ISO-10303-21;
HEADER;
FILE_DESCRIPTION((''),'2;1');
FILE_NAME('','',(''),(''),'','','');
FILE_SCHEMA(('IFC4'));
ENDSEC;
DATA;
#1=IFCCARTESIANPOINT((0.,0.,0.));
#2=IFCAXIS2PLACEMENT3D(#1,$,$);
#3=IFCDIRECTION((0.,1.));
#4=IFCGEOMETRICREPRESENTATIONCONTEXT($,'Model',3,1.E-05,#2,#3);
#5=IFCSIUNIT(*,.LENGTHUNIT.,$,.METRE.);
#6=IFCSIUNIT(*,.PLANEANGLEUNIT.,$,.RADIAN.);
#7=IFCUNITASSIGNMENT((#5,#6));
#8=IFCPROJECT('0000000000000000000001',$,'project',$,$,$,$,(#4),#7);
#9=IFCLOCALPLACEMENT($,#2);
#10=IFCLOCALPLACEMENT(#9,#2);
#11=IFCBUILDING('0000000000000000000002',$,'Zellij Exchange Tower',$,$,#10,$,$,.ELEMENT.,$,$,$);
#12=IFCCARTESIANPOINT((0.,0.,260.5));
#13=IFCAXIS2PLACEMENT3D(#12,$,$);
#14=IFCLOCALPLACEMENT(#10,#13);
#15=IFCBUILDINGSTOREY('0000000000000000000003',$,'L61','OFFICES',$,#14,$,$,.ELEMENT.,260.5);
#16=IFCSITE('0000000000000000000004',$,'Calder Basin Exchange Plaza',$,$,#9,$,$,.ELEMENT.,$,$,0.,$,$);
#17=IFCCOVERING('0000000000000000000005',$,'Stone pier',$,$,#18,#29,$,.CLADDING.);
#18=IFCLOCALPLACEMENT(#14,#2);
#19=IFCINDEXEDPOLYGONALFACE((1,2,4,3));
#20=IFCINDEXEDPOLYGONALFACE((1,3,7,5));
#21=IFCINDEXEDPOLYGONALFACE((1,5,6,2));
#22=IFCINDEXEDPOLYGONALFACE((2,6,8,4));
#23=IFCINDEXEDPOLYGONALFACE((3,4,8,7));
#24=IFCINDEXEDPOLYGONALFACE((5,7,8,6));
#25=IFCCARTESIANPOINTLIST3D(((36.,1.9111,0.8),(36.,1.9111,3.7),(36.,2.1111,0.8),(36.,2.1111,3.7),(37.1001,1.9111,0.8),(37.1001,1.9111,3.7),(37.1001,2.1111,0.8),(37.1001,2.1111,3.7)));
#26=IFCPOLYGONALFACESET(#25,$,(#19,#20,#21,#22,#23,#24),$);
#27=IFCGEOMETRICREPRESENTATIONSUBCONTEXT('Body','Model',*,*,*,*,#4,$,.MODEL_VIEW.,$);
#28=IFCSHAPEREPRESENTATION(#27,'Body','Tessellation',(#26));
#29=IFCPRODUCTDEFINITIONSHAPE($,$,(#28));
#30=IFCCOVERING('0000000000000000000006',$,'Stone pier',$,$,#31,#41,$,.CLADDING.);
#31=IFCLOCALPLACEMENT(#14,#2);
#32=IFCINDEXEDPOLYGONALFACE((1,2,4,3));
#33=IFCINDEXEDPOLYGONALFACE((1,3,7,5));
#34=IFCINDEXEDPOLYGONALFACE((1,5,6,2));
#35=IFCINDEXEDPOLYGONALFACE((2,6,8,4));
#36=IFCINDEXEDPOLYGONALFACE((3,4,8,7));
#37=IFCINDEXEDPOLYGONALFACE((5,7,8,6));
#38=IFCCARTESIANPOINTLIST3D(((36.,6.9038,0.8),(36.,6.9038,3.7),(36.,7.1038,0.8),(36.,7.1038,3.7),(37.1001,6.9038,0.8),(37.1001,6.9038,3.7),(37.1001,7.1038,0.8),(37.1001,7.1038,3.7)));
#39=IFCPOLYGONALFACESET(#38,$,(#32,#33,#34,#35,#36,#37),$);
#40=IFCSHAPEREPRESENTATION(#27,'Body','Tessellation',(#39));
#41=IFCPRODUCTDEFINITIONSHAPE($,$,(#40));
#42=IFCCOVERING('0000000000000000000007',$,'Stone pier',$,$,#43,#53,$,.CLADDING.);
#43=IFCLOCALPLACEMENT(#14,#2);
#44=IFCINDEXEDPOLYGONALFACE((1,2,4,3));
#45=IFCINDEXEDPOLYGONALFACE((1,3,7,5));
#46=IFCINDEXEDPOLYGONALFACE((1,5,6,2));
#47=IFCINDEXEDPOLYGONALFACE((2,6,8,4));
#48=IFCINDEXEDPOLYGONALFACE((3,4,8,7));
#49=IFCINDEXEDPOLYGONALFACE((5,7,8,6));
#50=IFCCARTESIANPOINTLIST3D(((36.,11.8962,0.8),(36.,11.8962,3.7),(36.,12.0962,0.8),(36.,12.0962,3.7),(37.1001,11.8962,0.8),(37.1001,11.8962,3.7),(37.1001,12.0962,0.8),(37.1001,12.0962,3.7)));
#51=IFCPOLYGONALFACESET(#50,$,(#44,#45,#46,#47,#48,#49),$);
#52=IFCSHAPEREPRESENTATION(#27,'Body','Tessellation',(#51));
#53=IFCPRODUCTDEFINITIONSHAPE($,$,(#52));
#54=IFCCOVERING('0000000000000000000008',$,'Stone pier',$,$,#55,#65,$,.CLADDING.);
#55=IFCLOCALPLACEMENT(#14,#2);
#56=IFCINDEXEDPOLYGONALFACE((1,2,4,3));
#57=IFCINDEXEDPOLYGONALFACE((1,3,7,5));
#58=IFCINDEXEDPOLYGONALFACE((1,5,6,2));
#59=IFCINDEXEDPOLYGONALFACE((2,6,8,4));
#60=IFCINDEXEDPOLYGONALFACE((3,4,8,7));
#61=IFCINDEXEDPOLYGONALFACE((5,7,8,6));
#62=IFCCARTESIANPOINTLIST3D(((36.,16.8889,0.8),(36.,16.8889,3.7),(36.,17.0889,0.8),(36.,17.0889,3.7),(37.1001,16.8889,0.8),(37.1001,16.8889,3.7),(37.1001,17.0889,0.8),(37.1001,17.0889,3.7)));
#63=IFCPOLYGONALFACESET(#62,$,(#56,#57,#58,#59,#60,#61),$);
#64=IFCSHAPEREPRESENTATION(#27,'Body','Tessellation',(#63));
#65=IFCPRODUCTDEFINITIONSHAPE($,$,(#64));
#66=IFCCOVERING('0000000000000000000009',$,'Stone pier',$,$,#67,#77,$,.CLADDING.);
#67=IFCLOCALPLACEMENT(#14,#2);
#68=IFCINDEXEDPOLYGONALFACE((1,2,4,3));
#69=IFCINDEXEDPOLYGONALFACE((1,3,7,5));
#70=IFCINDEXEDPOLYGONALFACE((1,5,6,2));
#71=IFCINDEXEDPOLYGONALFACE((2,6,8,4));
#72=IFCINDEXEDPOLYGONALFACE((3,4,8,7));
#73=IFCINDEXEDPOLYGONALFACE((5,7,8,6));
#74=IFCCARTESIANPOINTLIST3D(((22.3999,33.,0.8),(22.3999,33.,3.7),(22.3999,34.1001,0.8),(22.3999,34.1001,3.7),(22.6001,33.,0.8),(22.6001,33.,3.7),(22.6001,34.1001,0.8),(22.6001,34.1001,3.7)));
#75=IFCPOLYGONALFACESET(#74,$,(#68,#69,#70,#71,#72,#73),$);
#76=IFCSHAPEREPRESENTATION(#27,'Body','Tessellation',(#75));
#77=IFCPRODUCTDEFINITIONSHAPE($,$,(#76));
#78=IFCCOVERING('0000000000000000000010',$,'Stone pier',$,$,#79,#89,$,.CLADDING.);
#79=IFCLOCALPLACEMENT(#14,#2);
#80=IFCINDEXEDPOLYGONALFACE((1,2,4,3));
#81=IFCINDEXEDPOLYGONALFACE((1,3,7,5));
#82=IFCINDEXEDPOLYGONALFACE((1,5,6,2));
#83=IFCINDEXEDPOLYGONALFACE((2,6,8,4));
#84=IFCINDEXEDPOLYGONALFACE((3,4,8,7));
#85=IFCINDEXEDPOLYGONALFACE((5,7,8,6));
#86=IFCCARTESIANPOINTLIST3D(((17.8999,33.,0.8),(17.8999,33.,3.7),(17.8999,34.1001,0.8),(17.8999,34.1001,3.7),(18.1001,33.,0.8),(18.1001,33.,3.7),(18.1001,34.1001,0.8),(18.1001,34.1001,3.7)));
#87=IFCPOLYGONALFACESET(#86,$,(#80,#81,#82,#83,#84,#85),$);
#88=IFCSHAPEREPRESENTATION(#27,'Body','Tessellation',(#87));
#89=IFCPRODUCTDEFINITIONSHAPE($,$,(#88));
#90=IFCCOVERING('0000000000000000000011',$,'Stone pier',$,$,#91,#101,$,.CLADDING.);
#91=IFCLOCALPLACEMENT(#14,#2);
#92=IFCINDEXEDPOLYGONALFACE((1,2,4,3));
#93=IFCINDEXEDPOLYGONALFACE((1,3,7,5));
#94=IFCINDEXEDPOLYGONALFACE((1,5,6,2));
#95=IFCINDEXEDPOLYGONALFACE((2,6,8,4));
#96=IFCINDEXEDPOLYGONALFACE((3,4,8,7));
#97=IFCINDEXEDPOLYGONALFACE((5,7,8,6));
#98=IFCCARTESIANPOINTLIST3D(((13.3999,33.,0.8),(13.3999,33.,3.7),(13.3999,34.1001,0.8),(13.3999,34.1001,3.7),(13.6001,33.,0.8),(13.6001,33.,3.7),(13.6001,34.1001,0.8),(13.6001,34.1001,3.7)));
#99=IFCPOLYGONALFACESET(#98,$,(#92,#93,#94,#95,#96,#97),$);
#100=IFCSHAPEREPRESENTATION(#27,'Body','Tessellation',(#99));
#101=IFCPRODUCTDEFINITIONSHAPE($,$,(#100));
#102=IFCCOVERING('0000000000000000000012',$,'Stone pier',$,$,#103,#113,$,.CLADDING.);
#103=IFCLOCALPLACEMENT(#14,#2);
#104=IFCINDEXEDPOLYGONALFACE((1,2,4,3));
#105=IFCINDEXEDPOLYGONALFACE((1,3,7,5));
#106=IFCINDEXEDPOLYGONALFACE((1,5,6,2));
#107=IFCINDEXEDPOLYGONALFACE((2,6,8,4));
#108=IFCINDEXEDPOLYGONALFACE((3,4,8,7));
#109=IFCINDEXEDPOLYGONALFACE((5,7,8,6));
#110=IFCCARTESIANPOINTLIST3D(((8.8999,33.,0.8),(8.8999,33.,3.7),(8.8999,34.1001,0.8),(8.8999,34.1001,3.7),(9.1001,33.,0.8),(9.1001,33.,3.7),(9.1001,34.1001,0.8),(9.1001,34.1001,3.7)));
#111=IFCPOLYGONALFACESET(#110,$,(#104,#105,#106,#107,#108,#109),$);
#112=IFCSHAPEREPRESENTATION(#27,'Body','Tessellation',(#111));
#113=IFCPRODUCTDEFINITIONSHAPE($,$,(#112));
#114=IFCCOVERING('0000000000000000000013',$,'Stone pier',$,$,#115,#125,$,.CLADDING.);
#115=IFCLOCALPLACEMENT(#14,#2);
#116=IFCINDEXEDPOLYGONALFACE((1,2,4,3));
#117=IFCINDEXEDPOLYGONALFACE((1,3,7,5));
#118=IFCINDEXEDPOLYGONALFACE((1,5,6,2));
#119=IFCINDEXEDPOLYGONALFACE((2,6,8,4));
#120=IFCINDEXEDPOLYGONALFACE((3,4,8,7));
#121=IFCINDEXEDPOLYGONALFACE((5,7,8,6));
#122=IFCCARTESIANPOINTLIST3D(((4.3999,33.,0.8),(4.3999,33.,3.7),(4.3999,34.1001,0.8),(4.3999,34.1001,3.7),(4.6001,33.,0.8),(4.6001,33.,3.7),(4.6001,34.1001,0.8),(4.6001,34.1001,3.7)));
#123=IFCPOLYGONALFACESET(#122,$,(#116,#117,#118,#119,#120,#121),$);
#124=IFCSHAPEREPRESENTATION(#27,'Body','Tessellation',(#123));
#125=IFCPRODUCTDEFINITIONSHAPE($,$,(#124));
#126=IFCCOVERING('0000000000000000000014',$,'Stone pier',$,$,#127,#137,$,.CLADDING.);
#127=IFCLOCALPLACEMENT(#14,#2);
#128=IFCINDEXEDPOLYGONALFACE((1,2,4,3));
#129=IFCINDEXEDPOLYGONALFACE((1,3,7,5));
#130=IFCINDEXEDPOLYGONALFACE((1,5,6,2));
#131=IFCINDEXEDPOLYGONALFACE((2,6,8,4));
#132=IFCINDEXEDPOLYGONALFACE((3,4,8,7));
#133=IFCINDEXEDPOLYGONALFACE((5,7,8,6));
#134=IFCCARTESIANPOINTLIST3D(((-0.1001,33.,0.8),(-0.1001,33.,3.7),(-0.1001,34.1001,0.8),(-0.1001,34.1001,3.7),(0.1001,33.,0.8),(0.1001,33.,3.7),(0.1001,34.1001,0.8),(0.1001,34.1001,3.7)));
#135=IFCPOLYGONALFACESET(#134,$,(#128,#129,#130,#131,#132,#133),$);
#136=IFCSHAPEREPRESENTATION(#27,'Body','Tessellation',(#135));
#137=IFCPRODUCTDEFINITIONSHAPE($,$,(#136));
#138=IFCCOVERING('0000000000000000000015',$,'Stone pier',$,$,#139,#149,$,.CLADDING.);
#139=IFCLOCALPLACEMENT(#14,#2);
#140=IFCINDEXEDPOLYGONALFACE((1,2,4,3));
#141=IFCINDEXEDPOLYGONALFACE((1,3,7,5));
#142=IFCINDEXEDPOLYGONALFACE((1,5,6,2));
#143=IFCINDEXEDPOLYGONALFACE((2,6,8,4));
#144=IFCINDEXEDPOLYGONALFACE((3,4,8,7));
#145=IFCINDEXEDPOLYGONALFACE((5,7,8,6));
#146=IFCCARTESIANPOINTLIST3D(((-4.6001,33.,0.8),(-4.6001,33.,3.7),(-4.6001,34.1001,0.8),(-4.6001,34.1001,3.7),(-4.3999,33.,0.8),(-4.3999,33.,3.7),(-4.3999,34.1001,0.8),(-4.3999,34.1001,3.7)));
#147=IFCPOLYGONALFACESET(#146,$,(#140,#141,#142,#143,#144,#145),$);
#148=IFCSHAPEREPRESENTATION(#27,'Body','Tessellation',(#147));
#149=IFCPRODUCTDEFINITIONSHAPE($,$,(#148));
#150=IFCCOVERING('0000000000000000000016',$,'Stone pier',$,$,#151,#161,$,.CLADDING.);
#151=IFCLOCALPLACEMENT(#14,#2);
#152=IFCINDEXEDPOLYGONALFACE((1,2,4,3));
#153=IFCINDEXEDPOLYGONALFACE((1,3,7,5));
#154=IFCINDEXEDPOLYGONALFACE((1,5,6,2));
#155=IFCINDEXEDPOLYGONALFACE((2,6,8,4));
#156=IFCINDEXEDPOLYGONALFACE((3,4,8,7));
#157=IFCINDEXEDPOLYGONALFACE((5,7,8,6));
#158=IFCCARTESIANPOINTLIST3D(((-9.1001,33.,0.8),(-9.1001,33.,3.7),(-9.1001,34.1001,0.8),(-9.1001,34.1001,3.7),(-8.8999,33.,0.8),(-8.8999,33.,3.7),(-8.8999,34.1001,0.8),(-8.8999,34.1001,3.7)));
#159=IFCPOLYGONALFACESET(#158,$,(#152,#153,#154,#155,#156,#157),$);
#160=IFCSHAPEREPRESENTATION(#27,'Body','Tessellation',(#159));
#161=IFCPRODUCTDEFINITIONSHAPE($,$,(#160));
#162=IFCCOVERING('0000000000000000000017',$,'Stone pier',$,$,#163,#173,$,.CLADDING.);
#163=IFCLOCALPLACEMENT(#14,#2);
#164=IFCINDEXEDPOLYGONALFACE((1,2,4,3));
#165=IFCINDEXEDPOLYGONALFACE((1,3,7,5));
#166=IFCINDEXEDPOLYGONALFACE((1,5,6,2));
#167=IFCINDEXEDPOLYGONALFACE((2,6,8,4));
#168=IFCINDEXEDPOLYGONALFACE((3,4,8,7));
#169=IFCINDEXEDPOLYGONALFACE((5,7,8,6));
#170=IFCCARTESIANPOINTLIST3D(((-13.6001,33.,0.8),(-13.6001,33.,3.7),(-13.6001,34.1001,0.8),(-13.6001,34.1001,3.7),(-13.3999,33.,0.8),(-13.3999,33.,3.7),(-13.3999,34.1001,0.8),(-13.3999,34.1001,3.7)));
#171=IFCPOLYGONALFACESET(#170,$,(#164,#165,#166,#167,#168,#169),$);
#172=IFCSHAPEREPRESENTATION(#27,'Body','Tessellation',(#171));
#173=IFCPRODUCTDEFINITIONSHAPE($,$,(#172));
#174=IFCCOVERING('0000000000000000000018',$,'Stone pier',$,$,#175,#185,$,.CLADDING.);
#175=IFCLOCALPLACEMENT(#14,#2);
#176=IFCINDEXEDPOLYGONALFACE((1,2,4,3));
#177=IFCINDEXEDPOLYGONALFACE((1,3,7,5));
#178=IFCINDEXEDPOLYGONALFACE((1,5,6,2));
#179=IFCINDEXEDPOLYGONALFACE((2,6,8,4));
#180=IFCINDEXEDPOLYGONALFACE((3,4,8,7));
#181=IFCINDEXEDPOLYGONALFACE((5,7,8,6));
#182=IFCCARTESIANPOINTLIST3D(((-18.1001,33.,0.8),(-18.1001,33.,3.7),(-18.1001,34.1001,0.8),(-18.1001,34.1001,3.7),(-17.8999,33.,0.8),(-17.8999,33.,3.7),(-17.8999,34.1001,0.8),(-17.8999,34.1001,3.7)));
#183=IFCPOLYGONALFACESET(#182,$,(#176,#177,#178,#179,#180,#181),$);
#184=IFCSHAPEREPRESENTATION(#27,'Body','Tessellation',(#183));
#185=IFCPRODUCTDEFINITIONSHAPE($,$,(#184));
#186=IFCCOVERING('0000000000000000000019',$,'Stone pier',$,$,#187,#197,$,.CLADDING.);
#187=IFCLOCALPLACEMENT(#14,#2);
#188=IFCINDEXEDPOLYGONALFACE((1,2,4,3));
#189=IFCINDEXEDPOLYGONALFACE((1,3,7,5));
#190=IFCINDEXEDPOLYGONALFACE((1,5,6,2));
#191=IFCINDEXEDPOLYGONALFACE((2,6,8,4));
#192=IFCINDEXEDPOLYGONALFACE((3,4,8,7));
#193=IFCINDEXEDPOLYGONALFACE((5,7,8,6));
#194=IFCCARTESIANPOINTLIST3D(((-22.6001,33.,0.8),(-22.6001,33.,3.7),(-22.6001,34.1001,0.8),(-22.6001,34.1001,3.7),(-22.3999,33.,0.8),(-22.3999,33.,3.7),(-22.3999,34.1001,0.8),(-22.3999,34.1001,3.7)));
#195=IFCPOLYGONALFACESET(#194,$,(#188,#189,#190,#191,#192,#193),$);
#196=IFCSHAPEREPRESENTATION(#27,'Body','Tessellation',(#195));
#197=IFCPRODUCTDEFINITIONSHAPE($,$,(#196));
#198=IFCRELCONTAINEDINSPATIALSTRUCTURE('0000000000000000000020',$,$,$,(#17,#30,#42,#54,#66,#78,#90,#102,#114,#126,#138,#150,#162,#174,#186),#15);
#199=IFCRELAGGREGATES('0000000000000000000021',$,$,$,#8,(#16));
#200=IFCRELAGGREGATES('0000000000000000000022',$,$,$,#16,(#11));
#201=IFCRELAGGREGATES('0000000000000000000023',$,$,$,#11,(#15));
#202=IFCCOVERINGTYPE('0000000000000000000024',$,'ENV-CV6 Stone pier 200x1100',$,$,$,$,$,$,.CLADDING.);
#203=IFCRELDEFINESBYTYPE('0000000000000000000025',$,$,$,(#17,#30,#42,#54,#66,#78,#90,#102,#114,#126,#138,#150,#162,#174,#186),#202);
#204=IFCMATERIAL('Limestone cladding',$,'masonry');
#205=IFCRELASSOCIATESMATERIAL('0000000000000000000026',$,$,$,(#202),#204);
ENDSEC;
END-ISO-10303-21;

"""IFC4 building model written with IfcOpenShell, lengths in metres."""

from ifc_helpers import new_model, si_unit, direction, frame, origin, place, context, subcontext, project, spatial, polyline, outline, extrude, material, type_object, element, save


model = new_model("IFC4")

# Units and contexts
model_context = context("Model", 3, precision=1e-05, world=origin(), true_north=direction((0.0, 1.0)))
body_context = subcontext(model_context, "Body", "Model", "MODEL_VIEW")
ifc_project = project(units=[si_unit("LENGTHUNIT", "METRE"), si_unit("PLANEANGLEUNIT", "RADIAN")], contexts=[model_context])

# Site, building, storey
site_placement = place(None, origin())
site = spatial("IfcSite", under=ifc_project, at=site_placement, Name="Calder Basin Exchange Plaza", CompositionType="ELEMENT", RefElevation=0.0)
building_placement = place(site_placement, origin())
building = spatial("IfcBuilding", under=site, at=building_placement, Name="Zellij Exchange Tower", CompositionType="ELEMENT")
storey_placement = place(building_placement, frame((0.0, 0.0, 260.5)))
storey = spatial("IfcBuildingStorey", under=building, at=storey_placement, Name="L61", Description="OFFICES", CompositionType="ELEMENT", Elevation=260.5)

# Coverings
ifc_material = material(Name="Limestone cladding", Category="masonry")
covering_type = type_object("IfcCoveringType", Name="ENV-CV6 Stone pier 200x1100", PredefinedType="CLADDING", material=ifc_material)
covering_1_placement = place(storey_placement, frame((0.0, 0.0, 0.8)))
element("IfcCovering", 1, at=covering_1_placement, inside=storey, type_object=covering_type, Name="Stone pier", PredefinedType="CLADDING", context=body_context, shape_type="SweptSolid", body=[
    extrude(outline(polyline([(36.0, 1.9111), (36.0, 2.1111), (37.1001, 2.1111), (37.1001, 1.9111), (36.0, 1.9111)])), origin(), (0.0, 0.0, 1.0), 2.8999),
])
covering_2_placement = place(storey_placement, frame((0.0, 0.0, 0.8)))
element("IfcCovering", 2, at=covering_2_placement, inside=storey, type_object=covering_type, Name="Stone pier", PredefinedType="CLADDING", context=body_context, shape_type="SweptSolid", body=[
    extrude(outline(polyline([(36.0, 6.9038), (36.0, 7.1038), (37.1001, 7.1038), (37.1001, 6.9038), (36.0, 6.9038)])), origin(), (0.0, 0.0, 1.0), 2.8999),
])
covering_3_placement = place(storey_placement, frame((0.0, 0.0, 0.8)))
element("IfcCovering", 3, at=covering_3_placement, inside=storey, type_object=covering_type, Name="Stone pier", PredefinedType="CLADDING", context=body_context, shape_type="SweptSolid", body=[
    extrude(outline(polyline([(36.0, 11.8962), (36.0, 12.0962), (37.1001, 12.0962), (37.1001, 11.8962), (36.0, 11.8962)])), origin(), (0.0, 0.0, 1.0), 2.8999),
])
covering_4_placement = place(storey_placement, frame((0.0, 0.0, 0.8)))
element("IfcCovering", 4, at=covering_4_placement, inside=storey, type_object=covering_type, Name="Stone pier", PredefinedType="CLADDING", context=body_context, shape_type="SweptSolid", body=[
    extrude(outline(polyline([(36.0, 16.8889), (36.0, 17.0889), (37.1001, 17.0889), (37.1001, 16.8889), (36.0, 16.8889)])), origin(), (0.0, 0.0, 1.0), 2.8999),
])
covering_5_placement = place(storey_placement, frame((0.0, 0.0, 0.8)))
element("IfcCovering", 5, at=covering_5_placement, inside=storey, type_object=covering_type, Name="Stone pier", PredefinedType="CLADDING", context=body_context, shape_type="SweptSolid", body=[
    extrude(outline(polyline([(22.6001, 33.0), (22.3999, 33.0), (22.3999, 34.1001), (22.6001, 34.1001), (22.6001, 33.0)])), origin(), (0.0, 0.0, 1.0), 2.8999),
])
covering_6_placement = place(storey_placement, frame((0.0, 0.0, 0.8)))
element("IfcCovering", 6, at=covering_6_placement, inside=storey, type_object=covering_type, Name="Stone pier", PredefinedType="CLADDING", context=body_context, shape_type="SweptSolid", body=[
    extrude(outline(polyline([(18.1001, 33.0), (17.8999, 33.0), (17.8999, 34.1001), (18.1001, 34.1001), (18.1001, 33.0)])), origin(), (0.0, 0.0, 1.0), 2.8999),
])
covering_7_placement = place(storey_placement, frame((0.0, 0.0, 0.8)))
element("IfcCovering", 7, at=covering_7_placement, inside=storey, type_object=covering_type, Name="Stone pier", PredefinedType="CLADDING", context=body_context, shape_type="SweptSolid", body=[
    extrude(outline(polyline([(13.6001, 33.0), (13.3999, 33.0), (13.3999, 34.1001), (13.6001, 34.1001), (13.6001, 33.0)])), origin(), (0.0, 0.0, 1.0), 2.8999),
])
covering_8_placement = place(storey_placement, frame((0.0, 0.0, 0.8)))
element("IfcCovering", 8, at=covering_8_placement, inside=storey, type_object=covering_type, Name="Stone pier", PredefinedType="CLADDING", context=body_context, shape_type="SweptSolid", body=[
    extrude(outline(polyline([(9.1001, 33.0), (8.8999, 33.0), (8.8999, 34.1001), (9.1001, 34.1001), (9.1001, 33.0)])), origin(), (0.0, 0.0, 1.0), 2.8999),
])
covering_9_placement = place(storey_placement, frame((0.0, 0.0, 0.8)))
element("IfcCovering", 9, at=covering_9_placement, inside=storey, type_object=covering_type, Name="Stone pier", PredefinedType="CLADDING", context=body_context, shape_type="SweptSolid", body=[
    extrude(outline(polyline([(4.6001, 33.0), (4.3999, 33.0), (4.3999, 34.1001), (4.6001, 34.1001), (4.6001, 33.0)])), origin(), (0.0, 0.0, 1.0), 2.8999),
])
covering_10_placement = place(storey_placement, frame((0.0, 0.0, 0.8)))
element("IfcCovering", 10, at=covering_10_placement, inside=storey, type_object=covering_type, Name="Stone pier", PredefinedType="CLADDING", context=body_context, shape_type="SweptSolid", body=[
    extrude(outline(polyline([(0.1001, 33.0), (-0.1001, 33.0), (-0.1001, 34.1001), (0.1001, 34.1001), (0.1001, 33.0)])), origin(), (0.0, 0.0, 1.0), 2.8999),
])
covering_11_placement = place(storey_placement, frame((0.0, 0.0, 0.8)))
element("IfcCovering", 11, at=covering_11_placement, inside=storey, type_object=covering_type, Name="Stone pier", PredefinedType="CLADDING", context=body_context, shape_type="SweptSolid", body=[
    extrude(outline(polyline([(-4.3999, 33.0), (-4.6001, 33.0), (-4.6001, 34.1001), (-4.3999, 34.1001), (-4.3999, 33.0)])), origin(), (0.0, 0.0, 1.0), 2.8999),
])
covering_12_placement = place(storey_placement, frame((0.0, 0.0, 0.8)))
element("IfcCovering", 12, at=covering_12_placement, inside=storey, type_object=covering_type, Name="Stone pier", PredefinedType="CLADDING", context=body_context, shape_type="SweptSolid", body=[
    extrude(outline(polyline([(-8.8999, 33.0), (-9.1001, 33.0), (-9.1001, 34.1001), (-8.8999, 34.1001), (-8.8999, 33.0)])), origin(), (0.0, 0.0, 1.0), 2.8999),
])
covering_13_placement = place(storey_placement, frame((0.0, 0.0, 0.8)))
element("IfcCovering", 13, at=covering_13_placement, inside=storey, type_object=covering_type, Name="Stone pier", PredefinedType="CLADDING", context=body_context, shape_type="SweptSolid", body=[
    extrude(outline(polyline([(-13.3999, 33.0), (-13.6001, 33.0), (-13.6001, 34.1001), (-13.3999, 34.1001), (-13.3999, 33.0)])), origin(), (0.0, 0.0, 1.0), 2.8999),
])
covering_14_placement = place(storey_placement, frame((0.0, 0.0, 0.8)))
element("IfcCovering", 14, at=covering_14_placement, inside=storey, type_object=covering_type, Name="Stone pier", PredefinedType="CLADDING", context=body_context, shape_type="SweptSolid", body=[
    extrude(outline(polyline([(-17.8999, 33.0), (-18.1001, 33.0), (-18.1001, 34.1001), (-17.8999, 34.1001), (-17.8999, 33.0)])), origin(), (0.0, 0.0, 1.0), 2.8999),
])
covering_15_placement = place(storey_placement, frame((0.0, 0.0, 0.8)))
element("IfcCovering", 15, at=covering_15_placement, inside=storey, type_object=covering_type, Name="Stone pier", PredefinedType="CLADDING", context=body_context, shape_type="SweptSolid", body=[
    extrude(outline(polyline([(-22.3999, 33.0), (-22.6001, 33.0), (-22.6001, 34.1001), (-22.3999, 34.1001), (-22.3999, 33.0)])), origin(), (0.0, 0.0, 1.0), 2.8999),
])

save(model, "model.ifc")
